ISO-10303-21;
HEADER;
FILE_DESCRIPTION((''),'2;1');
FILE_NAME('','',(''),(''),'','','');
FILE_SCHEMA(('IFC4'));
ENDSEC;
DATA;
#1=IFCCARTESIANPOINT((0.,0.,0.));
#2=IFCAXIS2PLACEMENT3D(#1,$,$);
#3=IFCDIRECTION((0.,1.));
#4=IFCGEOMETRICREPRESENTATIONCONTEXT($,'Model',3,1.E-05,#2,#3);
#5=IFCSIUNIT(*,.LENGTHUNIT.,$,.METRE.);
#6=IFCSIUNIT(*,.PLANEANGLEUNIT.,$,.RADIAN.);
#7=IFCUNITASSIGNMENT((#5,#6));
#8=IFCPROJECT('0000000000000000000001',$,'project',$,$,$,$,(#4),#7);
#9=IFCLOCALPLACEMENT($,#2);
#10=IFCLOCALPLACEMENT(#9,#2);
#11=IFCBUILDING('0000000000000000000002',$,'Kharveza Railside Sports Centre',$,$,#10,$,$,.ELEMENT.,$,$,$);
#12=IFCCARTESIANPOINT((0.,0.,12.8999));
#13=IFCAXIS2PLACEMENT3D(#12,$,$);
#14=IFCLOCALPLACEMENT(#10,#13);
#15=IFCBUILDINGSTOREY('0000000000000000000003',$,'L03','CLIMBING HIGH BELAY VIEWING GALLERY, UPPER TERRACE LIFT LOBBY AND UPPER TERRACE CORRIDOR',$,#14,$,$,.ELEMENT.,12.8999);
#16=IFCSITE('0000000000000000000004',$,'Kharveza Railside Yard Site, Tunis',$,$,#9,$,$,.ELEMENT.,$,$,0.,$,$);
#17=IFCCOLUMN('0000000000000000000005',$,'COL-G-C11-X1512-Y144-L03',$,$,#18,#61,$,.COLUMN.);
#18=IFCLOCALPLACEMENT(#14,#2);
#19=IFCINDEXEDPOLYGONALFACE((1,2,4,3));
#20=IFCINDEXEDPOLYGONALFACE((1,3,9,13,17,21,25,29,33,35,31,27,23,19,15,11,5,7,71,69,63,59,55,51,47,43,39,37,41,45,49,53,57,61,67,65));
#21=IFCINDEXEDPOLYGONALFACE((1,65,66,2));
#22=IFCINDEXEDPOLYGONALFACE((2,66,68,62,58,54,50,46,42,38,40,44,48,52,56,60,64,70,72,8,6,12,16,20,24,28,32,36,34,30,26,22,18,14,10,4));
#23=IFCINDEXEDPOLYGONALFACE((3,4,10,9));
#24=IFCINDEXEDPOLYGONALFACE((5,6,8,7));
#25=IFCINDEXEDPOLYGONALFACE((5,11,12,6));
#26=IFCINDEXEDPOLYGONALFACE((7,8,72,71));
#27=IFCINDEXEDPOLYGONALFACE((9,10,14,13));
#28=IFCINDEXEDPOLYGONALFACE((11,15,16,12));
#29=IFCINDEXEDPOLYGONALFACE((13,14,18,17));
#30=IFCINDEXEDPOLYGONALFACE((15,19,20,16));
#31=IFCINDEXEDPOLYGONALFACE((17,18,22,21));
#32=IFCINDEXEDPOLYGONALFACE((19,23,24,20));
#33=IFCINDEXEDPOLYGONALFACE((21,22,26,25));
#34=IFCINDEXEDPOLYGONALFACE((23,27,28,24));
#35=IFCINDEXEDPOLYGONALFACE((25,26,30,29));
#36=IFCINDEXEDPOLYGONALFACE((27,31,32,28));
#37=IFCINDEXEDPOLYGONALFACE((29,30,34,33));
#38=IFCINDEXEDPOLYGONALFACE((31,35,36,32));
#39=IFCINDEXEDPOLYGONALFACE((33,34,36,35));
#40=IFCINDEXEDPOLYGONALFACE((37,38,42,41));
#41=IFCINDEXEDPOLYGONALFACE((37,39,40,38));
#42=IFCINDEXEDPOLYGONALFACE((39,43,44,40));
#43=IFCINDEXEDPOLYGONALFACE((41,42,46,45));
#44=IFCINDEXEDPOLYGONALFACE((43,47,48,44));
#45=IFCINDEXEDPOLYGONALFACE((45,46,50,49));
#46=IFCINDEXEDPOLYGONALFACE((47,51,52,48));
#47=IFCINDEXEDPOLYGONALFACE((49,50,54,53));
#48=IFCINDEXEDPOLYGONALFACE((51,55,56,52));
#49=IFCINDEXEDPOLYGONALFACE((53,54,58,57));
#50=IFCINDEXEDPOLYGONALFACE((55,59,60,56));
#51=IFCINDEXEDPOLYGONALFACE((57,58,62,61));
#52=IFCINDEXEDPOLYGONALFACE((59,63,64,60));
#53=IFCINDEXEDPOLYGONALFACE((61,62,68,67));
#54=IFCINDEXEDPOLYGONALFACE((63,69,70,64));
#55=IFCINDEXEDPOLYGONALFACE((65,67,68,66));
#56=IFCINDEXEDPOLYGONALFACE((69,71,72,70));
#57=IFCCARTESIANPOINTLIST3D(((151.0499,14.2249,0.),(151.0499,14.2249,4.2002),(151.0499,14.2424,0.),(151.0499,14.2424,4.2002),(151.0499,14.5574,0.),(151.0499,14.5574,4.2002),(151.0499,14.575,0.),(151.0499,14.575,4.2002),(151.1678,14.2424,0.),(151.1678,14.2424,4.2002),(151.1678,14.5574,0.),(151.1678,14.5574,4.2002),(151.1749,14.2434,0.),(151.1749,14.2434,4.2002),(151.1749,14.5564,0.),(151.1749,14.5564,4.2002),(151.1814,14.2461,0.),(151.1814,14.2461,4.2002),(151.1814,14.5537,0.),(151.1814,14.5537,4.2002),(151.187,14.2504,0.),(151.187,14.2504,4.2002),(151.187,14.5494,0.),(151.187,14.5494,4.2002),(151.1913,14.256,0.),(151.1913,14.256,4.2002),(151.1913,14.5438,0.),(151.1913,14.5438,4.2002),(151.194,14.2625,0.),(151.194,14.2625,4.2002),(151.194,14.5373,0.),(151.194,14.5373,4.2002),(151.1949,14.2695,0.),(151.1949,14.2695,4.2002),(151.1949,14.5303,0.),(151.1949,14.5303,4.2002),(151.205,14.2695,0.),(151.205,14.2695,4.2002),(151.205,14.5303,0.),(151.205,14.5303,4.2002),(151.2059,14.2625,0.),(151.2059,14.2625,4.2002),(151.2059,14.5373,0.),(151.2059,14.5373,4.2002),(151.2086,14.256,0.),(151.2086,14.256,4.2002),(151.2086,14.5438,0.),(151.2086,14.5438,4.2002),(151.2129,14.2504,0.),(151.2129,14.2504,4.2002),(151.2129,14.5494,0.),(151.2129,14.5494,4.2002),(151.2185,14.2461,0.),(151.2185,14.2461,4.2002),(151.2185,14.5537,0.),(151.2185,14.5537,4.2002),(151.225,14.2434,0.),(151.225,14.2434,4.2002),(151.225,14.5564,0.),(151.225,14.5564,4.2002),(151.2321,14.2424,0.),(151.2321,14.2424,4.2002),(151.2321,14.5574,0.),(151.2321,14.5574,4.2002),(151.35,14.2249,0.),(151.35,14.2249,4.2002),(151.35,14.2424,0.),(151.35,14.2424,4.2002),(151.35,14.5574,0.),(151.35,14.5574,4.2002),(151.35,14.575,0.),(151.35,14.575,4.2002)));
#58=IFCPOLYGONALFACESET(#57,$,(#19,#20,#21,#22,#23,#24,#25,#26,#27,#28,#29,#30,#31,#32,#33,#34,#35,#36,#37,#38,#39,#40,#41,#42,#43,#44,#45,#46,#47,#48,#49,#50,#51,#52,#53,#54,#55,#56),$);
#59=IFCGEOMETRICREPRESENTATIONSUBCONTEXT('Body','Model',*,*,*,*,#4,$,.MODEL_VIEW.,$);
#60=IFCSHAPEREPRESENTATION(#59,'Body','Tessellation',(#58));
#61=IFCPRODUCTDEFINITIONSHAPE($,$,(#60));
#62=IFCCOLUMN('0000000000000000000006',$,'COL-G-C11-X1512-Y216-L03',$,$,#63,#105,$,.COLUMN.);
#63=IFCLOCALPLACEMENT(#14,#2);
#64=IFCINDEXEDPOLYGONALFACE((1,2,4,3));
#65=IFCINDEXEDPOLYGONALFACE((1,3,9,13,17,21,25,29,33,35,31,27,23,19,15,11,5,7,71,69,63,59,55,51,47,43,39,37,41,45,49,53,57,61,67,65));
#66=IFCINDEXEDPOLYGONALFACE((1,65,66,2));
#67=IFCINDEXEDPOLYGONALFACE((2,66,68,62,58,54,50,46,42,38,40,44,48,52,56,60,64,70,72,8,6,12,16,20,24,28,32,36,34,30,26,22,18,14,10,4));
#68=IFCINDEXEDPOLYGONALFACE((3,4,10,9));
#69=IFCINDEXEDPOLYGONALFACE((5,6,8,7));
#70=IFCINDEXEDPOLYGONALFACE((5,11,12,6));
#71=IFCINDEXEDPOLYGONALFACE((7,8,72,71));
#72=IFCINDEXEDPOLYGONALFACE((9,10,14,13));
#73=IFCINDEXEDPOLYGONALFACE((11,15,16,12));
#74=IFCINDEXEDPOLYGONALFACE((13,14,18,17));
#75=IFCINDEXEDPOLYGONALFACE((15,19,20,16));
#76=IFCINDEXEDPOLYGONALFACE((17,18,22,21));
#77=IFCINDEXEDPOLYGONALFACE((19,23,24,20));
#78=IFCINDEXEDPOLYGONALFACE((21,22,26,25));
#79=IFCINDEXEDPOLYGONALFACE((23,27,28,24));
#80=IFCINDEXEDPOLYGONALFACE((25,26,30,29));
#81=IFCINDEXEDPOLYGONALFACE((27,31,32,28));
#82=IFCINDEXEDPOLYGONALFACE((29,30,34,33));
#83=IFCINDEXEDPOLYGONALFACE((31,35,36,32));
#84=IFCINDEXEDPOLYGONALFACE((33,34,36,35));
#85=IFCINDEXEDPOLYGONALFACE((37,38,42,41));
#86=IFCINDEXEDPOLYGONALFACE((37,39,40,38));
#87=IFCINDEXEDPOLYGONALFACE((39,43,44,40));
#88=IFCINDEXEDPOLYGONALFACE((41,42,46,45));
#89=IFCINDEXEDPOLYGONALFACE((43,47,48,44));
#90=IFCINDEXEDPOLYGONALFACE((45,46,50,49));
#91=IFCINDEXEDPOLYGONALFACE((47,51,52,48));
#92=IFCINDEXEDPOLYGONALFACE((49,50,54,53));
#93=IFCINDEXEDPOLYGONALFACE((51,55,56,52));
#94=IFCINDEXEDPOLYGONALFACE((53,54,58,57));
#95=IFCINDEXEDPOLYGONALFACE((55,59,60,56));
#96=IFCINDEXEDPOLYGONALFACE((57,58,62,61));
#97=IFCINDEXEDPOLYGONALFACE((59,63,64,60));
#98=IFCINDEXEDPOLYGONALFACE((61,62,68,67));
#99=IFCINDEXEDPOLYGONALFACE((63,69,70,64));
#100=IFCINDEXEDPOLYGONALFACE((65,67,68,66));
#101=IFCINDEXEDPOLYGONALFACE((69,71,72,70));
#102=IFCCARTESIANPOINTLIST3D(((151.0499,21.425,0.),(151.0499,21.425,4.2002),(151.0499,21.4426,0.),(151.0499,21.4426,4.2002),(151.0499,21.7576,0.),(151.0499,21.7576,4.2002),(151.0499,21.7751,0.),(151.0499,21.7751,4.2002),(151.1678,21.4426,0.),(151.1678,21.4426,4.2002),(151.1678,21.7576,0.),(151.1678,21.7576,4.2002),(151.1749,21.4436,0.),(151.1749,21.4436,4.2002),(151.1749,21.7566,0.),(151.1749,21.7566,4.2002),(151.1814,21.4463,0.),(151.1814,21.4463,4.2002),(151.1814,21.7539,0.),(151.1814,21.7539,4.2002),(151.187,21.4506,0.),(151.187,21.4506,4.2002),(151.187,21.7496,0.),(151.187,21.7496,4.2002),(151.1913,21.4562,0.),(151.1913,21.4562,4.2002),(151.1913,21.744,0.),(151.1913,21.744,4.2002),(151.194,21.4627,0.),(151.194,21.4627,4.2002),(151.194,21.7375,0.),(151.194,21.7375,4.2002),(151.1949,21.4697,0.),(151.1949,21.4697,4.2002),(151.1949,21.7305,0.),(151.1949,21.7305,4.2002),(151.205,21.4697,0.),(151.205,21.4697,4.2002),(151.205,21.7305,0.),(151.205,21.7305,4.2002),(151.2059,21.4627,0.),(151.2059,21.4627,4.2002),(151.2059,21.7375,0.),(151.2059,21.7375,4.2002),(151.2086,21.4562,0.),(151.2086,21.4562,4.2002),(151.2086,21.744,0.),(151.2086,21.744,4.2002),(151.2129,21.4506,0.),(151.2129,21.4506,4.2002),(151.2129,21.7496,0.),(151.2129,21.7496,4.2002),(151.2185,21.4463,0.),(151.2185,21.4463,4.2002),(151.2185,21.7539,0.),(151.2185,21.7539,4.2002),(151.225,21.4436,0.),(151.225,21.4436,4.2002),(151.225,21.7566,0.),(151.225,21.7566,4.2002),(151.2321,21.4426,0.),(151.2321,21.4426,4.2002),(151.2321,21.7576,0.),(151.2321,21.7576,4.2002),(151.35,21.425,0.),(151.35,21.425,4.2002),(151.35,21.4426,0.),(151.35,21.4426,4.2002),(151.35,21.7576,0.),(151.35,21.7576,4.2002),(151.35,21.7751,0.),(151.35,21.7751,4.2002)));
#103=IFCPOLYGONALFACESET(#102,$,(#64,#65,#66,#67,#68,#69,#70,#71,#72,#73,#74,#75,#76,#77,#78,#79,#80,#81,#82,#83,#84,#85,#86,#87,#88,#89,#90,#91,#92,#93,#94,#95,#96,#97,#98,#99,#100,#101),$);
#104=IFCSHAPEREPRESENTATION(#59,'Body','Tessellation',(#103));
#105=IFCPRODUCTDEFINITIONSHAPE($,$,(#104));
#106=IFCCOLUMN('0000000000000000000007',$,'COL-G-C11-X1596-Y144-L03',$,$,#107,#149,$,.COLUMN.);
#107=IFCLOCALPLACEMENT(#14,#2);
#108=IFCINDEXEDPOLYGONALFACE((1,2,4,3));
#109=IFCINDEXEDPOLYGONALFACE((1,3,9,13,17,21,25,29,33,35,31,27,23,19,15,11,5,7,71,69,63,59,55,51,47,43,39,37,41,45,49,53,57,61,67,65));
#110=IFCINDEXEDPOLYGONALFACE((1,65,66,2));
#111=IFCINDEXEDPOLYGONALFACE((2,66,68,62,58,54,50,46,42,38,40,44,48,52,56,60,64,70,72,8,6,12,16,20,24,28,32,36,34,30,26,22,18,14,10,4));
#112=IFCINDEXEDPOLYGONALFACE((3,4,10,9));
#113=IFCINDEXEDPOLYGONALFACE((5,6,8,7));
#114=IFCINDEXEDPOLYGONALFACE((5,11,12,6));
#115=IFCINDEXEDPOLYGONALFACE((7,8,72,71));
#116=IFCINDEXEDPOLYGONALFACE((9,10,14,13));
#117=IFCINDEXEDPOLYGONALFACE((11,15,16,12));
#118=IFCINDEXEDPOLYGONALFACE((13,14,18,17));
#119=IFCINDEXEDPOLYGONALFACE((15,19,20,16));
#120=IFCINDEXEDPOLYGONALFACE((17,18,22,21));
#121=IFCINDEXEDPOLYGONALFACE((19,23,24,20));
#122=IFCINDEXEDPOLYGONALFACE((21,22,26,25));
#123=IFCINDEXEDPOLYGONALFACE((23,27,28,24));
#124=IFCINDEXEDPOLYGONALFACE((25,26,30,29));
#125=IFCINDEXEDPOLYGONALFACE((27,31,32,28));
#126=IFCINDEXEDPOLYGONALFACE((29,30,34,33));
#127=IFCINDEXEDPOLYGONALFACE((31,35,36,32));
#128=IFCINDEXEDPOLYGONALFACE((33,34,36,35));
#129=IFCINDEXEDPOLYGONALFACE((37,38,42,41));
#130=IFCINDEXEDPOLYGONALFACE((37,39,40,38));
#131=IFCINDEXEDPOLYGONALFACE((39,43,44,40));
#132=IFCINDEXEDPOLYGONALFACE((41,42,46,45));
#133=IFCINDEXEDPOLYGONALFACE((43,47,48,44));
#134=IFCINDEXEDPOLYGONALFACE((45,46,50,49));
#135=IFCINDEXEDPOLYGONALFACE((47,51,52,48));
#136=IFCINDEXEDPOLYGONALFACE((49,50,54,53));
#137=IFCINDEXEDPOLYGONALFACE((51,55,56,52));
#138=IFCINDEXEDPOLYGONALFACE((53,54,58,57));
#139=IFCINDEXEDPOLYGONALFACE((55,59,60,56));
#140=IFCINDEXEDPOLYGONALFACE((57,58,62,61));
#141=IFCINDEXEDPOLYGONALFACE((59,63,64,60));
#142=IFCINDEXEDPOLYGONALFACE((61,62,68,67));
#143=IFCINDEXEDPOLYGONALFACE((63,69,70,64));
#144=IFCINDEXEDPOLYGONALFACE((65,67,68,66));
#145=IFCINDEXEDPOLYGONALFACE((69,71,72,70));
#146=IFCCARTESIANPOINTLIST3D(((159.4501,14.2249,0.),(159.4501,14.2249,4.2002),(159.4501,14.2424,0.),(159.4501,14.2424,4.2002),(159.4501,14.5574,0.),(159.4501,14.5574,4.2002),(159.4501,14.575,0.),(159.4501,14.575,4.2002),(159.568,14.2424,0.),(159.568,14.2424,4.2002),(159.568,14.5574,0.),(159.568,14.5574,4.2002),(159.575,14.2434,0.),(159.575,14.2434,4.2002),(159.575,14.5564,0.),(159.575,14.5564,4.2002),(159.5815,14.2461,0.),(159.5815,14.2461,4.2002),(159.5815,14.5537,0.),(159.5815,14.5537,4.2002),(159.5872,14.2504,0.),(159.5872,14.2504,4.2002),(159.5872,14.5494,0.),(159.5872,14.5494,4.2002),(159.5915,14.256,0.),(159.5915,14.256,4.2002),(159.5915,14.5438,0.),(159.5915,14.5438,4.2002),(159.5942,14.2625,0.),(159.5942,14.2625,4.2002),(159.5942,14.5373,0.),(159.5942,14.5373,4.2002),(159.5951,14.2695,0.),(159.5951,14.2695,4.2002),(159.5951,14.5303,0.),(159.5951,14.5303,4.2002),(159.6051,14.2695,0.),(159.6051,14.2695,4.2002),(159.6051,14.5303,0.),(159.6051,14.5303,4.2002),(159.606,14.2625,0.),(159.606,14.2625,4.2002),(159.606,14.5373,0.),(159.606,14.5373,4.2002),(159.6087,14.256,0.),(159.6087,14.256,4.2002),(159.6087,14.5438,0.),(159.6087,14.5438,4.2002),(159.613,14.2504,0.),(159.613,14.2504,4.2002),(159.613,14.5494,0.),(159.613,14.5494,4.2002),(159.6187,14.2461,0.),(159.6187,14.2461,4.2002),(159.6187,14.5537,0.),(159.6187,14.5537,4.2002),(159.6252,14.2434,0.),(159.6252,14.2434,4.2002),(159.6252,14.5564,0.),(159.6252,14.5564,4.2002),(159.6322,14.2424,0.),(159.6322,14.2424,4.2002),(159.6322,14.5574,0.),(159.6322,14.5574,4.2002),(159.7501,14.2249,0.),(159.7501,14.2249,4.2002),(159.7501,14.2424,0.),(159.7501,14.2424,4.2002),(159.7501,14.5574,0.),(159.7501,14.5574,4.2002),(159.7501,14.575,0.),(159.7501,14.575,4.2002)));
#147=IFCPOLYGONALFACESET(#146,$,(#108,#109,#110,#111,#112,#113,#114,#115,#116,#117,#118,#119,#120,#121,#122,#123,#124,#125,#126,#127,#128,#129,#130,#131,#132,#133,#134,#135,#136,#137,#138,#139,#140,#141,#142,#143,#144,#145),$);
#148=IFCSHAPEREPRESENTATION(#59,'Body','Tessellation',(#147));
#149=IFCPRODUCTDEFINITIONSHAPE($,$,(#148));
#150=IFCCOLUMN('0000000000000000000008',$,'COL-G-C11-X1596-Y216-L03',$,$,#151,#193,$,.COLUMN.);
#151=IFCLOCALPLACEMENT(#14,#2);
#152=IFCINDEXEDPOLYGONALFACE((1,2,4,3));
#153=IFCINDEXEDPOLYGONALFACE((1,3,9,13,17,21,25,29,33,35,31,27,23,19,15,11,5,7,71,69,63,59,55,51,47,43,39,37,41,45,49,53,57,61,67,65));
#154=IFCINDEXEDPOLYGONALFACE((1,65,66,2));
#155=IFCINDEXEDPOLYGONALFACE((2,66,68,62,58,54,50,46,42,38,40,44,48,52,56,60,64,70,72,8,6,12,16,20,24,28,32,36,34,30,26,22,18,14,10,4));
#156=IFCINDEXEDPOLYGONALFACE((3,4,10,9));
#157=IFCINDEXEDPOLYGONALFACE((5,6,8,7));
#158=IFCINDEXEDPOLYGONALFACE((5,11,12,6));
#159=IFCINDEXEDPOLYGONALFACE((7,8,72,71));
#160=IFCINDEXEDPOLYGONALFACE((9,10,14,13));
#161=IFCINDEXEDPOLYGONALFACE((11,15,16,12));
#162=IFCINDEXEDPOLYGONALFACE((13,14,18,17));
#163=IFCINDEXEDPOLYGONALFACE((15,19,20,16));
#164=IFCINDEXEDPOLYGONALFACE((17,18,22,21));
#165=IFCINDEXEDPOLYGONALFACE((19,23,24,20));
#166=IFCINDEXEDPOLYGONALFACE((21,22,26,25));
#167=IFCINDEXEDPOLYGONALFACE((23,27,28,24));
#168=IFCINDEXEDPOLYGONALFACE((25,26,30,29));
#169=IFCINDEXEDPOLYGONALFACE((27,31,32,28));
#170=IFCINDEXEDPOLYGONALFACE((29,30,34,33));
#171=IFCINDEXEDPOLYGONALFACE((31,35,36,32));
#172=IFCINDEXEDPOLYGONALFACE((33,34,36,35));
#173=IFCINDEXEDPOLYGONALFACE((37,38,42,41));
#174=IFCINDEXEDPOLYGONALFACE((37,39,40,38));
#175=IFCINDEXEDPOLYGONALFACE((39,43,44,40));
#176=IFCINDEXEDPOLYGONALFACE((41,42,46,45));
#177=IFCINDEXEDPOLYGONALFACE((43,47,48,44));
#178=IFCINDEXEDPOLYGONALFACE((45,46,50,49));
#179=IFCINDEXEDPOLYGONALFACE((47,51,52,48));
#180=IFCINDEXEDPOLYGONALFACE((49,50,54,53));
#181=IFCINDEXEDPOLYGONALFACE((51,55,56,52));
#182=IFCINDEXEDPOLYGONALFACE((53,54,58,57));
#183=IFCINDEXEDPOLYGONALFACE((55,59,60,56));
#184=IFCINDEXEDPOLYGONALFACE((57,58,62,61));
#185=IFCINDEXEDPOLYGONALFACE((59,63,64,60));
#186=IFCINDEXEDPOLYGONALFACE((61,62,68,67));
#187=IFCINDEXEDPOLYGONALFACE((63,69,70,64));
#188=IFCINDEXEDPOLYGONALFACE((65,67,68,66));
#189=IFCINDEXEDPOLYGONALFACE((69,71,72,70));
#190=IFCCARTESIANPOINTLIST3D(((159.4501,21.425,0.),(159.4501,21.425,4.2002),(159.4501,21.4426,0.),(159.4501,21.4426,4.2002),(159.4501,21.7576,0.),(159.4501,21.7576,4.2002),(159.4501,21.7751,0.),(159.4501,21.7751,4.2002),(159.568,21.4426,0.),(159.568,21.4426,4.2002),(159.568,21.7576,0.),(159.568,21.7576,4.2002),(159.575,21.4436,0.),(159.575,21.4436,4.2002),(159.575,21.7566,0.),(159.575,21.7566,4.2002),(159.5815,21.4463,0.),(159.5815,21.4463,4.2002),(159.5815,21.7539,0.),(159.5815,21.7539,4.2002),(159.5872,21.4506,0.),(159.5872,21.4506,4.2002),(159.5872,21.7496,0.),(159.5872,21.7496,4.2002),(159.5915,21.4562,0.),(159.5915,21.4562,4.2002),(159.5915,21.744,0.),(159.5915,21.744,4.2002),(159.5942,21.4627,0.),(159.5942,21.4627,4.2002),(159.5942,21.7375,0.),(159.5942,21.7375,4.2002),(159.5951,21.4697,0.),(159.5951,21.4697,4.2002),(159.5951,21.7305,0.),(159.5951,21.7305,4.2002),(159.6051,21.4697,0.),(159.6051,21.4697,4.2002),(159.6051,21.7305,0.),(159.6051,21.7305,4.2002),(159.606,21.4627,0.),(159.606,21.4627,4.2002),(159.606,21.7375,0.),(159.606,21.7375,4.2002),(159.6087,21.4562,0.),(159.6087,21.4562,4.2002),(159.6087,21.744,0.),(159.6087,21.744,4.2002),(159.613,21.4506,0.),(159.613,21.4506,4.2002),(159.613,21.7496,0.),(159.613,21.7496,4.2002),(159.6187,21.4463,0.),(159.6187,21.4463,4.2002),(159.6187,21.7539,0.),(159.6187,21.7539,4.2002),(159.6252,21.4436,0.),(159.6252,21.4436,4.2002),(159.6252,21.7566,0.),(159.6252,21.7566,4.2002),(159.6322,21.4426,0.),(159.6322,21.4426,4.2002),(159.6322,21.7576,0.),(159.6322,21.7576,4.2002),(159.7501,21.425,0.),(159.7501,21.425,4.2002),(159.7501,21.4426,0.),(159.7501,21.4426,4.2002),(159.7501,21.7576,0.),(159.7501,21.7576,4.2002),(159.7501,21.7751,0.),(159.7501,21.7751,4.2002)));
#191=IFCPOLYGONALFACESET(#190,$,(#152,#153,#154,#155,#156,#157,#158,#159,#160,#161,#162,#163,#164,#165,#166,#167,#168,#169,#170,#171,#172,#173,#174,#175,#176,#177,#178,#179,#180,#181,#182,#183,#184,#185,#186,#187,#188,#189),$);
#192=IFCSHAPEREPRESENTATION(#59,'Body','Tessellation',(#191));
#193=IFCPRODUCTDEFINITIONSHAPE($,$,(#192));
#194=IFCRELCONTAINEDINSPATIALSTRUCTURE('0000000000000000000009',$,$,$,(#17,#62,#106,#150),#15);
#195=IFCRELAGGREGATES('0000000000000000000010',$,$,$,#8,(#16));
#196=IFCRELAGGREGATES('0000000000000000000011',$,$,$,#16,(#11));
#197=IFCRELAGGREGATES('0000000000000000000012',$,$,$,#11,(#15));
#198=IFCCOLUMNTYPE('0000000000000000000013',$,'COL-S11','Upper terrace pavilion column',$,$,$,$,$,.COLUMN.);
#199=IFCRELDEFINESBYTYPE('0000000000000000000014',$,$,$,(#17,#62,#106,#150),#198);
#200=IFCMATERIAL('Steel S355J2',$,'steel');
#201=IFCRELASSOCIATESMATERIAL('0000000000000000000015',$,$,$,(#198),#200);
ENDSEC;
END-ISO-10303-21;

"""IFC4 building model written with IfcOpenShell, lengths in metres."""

from ifc_helpers import new_model, si_unit, direction, frame, origin, origin_2d, place, context, subcontext, project, spatial, i_section, extrude, material, material_profile, profile_set, type_object, element, save


model = new_model("IFC4")

# Units and contexts
model_context = context("Model", 3, precision=1e-05, world=origin(), true_north=direction((0.0, 1.0)))
body_context = subcontext(model_context, "Body", "Model", "MODEL_VIEW")
ifc_project = project(units=[si_unit("LENGTHUNIT", "METRE"), si_unit("PLANEANGLEUNIT", "RADIAN")], contexts=[model_context])

# Site, building, storey
site_placement = place(None, origin())
site = spatial("IfcSite", under=ifc_project, at=site_placement, Name="Kharveza Railside Yard Site, Tunis", CompositionType="ELEMENT", RefElevation=0.0)
building_placement = place(site_placement, origin())
building = spatial("IfcBuilding", under=site, at=building_placement, Name="Kharveza Railside Sports Centre", CompositionType="ELEMENT")
storey_placement = place(building_placement, frame((0.0, 0.0, 12.8999)))
storey = spatial("IfcBuildingStorey", under=building, at=storey_placement, Name="L03", Description="CLIMBING HIGH BELAY VIEWING GALLERY, UPPER TERRACE LIFT LOBBY AND UPPER TERRACE CORRIDOR", CompositionType="ELEMENT", Elevation=12.8999)

# Columns
ifc_material_1 = material(Name="Steel S355J2", Category="steel")
ifc_material_profile_1 = material_profile(ifc_material_1, i_section(OverallWidth=0.3, OverallDepth=0.3501, WebThickness=0.01, FlangeThickness=0.0176, FilletRadius=0.0271, at=origin_2d()), Name="HEA 360")
ifc_profile_set_1 = profile_set([ifc_material_profile_1], Name="Steel S355J2")
column_type = type_object("IfcColumnType", Name="COL-S11", Description="Upper terrace pavilion column", PredefinedType="COLUMN", material=ifc_profile_set_1)
for number, where, z_axis, x_axis, name in (
    (1, (151.2, 14.3999, 0.0), (0.0, 0.0, 1.0), (1.0, 0.0, 0.0), "COL-G-C11-X1512-Y144-L03"),
    (2, (151.2, 21.6001, 0.0), (0.0, 0.0, 1.0), (1.0, 0.0, 0.0), "COL-G-C11-X1512-Y216-L03"),
    (3, (159.6001, 14.3999, 0.0), (0.0, 0.0, 1.0), (1.0, 0.0, 0.0), "COL-G-C11-X1596-Y144-L03"),
    (4, (159.6001, 21.6001, 0.0), (0.0, 0.0, 1.0), (1.0, 0.0, 0.0), "COL-G-C11-X1596-Y216-L03"),
):
    element("IfcColumn", number, at=place(storey_placement, frame(where, z_axis=z_axis, x_axis=x_axis)), inside=storey, type_object=column_type, Name=name, PredefinedType="COLUMN", context=body_context, shape_type="SweptSolid", body=[
        extrude(i_section(OverallWidth=0.3, OverallDepth=0.3501, WebThickness=0.01, FlangeThickness=0.0176, FilletRadius=0.0271, at=origin_2d()), origin(), (0.0, 0.0, 1.0), 4.2002),
    ])

save(model, "model.ifc")
